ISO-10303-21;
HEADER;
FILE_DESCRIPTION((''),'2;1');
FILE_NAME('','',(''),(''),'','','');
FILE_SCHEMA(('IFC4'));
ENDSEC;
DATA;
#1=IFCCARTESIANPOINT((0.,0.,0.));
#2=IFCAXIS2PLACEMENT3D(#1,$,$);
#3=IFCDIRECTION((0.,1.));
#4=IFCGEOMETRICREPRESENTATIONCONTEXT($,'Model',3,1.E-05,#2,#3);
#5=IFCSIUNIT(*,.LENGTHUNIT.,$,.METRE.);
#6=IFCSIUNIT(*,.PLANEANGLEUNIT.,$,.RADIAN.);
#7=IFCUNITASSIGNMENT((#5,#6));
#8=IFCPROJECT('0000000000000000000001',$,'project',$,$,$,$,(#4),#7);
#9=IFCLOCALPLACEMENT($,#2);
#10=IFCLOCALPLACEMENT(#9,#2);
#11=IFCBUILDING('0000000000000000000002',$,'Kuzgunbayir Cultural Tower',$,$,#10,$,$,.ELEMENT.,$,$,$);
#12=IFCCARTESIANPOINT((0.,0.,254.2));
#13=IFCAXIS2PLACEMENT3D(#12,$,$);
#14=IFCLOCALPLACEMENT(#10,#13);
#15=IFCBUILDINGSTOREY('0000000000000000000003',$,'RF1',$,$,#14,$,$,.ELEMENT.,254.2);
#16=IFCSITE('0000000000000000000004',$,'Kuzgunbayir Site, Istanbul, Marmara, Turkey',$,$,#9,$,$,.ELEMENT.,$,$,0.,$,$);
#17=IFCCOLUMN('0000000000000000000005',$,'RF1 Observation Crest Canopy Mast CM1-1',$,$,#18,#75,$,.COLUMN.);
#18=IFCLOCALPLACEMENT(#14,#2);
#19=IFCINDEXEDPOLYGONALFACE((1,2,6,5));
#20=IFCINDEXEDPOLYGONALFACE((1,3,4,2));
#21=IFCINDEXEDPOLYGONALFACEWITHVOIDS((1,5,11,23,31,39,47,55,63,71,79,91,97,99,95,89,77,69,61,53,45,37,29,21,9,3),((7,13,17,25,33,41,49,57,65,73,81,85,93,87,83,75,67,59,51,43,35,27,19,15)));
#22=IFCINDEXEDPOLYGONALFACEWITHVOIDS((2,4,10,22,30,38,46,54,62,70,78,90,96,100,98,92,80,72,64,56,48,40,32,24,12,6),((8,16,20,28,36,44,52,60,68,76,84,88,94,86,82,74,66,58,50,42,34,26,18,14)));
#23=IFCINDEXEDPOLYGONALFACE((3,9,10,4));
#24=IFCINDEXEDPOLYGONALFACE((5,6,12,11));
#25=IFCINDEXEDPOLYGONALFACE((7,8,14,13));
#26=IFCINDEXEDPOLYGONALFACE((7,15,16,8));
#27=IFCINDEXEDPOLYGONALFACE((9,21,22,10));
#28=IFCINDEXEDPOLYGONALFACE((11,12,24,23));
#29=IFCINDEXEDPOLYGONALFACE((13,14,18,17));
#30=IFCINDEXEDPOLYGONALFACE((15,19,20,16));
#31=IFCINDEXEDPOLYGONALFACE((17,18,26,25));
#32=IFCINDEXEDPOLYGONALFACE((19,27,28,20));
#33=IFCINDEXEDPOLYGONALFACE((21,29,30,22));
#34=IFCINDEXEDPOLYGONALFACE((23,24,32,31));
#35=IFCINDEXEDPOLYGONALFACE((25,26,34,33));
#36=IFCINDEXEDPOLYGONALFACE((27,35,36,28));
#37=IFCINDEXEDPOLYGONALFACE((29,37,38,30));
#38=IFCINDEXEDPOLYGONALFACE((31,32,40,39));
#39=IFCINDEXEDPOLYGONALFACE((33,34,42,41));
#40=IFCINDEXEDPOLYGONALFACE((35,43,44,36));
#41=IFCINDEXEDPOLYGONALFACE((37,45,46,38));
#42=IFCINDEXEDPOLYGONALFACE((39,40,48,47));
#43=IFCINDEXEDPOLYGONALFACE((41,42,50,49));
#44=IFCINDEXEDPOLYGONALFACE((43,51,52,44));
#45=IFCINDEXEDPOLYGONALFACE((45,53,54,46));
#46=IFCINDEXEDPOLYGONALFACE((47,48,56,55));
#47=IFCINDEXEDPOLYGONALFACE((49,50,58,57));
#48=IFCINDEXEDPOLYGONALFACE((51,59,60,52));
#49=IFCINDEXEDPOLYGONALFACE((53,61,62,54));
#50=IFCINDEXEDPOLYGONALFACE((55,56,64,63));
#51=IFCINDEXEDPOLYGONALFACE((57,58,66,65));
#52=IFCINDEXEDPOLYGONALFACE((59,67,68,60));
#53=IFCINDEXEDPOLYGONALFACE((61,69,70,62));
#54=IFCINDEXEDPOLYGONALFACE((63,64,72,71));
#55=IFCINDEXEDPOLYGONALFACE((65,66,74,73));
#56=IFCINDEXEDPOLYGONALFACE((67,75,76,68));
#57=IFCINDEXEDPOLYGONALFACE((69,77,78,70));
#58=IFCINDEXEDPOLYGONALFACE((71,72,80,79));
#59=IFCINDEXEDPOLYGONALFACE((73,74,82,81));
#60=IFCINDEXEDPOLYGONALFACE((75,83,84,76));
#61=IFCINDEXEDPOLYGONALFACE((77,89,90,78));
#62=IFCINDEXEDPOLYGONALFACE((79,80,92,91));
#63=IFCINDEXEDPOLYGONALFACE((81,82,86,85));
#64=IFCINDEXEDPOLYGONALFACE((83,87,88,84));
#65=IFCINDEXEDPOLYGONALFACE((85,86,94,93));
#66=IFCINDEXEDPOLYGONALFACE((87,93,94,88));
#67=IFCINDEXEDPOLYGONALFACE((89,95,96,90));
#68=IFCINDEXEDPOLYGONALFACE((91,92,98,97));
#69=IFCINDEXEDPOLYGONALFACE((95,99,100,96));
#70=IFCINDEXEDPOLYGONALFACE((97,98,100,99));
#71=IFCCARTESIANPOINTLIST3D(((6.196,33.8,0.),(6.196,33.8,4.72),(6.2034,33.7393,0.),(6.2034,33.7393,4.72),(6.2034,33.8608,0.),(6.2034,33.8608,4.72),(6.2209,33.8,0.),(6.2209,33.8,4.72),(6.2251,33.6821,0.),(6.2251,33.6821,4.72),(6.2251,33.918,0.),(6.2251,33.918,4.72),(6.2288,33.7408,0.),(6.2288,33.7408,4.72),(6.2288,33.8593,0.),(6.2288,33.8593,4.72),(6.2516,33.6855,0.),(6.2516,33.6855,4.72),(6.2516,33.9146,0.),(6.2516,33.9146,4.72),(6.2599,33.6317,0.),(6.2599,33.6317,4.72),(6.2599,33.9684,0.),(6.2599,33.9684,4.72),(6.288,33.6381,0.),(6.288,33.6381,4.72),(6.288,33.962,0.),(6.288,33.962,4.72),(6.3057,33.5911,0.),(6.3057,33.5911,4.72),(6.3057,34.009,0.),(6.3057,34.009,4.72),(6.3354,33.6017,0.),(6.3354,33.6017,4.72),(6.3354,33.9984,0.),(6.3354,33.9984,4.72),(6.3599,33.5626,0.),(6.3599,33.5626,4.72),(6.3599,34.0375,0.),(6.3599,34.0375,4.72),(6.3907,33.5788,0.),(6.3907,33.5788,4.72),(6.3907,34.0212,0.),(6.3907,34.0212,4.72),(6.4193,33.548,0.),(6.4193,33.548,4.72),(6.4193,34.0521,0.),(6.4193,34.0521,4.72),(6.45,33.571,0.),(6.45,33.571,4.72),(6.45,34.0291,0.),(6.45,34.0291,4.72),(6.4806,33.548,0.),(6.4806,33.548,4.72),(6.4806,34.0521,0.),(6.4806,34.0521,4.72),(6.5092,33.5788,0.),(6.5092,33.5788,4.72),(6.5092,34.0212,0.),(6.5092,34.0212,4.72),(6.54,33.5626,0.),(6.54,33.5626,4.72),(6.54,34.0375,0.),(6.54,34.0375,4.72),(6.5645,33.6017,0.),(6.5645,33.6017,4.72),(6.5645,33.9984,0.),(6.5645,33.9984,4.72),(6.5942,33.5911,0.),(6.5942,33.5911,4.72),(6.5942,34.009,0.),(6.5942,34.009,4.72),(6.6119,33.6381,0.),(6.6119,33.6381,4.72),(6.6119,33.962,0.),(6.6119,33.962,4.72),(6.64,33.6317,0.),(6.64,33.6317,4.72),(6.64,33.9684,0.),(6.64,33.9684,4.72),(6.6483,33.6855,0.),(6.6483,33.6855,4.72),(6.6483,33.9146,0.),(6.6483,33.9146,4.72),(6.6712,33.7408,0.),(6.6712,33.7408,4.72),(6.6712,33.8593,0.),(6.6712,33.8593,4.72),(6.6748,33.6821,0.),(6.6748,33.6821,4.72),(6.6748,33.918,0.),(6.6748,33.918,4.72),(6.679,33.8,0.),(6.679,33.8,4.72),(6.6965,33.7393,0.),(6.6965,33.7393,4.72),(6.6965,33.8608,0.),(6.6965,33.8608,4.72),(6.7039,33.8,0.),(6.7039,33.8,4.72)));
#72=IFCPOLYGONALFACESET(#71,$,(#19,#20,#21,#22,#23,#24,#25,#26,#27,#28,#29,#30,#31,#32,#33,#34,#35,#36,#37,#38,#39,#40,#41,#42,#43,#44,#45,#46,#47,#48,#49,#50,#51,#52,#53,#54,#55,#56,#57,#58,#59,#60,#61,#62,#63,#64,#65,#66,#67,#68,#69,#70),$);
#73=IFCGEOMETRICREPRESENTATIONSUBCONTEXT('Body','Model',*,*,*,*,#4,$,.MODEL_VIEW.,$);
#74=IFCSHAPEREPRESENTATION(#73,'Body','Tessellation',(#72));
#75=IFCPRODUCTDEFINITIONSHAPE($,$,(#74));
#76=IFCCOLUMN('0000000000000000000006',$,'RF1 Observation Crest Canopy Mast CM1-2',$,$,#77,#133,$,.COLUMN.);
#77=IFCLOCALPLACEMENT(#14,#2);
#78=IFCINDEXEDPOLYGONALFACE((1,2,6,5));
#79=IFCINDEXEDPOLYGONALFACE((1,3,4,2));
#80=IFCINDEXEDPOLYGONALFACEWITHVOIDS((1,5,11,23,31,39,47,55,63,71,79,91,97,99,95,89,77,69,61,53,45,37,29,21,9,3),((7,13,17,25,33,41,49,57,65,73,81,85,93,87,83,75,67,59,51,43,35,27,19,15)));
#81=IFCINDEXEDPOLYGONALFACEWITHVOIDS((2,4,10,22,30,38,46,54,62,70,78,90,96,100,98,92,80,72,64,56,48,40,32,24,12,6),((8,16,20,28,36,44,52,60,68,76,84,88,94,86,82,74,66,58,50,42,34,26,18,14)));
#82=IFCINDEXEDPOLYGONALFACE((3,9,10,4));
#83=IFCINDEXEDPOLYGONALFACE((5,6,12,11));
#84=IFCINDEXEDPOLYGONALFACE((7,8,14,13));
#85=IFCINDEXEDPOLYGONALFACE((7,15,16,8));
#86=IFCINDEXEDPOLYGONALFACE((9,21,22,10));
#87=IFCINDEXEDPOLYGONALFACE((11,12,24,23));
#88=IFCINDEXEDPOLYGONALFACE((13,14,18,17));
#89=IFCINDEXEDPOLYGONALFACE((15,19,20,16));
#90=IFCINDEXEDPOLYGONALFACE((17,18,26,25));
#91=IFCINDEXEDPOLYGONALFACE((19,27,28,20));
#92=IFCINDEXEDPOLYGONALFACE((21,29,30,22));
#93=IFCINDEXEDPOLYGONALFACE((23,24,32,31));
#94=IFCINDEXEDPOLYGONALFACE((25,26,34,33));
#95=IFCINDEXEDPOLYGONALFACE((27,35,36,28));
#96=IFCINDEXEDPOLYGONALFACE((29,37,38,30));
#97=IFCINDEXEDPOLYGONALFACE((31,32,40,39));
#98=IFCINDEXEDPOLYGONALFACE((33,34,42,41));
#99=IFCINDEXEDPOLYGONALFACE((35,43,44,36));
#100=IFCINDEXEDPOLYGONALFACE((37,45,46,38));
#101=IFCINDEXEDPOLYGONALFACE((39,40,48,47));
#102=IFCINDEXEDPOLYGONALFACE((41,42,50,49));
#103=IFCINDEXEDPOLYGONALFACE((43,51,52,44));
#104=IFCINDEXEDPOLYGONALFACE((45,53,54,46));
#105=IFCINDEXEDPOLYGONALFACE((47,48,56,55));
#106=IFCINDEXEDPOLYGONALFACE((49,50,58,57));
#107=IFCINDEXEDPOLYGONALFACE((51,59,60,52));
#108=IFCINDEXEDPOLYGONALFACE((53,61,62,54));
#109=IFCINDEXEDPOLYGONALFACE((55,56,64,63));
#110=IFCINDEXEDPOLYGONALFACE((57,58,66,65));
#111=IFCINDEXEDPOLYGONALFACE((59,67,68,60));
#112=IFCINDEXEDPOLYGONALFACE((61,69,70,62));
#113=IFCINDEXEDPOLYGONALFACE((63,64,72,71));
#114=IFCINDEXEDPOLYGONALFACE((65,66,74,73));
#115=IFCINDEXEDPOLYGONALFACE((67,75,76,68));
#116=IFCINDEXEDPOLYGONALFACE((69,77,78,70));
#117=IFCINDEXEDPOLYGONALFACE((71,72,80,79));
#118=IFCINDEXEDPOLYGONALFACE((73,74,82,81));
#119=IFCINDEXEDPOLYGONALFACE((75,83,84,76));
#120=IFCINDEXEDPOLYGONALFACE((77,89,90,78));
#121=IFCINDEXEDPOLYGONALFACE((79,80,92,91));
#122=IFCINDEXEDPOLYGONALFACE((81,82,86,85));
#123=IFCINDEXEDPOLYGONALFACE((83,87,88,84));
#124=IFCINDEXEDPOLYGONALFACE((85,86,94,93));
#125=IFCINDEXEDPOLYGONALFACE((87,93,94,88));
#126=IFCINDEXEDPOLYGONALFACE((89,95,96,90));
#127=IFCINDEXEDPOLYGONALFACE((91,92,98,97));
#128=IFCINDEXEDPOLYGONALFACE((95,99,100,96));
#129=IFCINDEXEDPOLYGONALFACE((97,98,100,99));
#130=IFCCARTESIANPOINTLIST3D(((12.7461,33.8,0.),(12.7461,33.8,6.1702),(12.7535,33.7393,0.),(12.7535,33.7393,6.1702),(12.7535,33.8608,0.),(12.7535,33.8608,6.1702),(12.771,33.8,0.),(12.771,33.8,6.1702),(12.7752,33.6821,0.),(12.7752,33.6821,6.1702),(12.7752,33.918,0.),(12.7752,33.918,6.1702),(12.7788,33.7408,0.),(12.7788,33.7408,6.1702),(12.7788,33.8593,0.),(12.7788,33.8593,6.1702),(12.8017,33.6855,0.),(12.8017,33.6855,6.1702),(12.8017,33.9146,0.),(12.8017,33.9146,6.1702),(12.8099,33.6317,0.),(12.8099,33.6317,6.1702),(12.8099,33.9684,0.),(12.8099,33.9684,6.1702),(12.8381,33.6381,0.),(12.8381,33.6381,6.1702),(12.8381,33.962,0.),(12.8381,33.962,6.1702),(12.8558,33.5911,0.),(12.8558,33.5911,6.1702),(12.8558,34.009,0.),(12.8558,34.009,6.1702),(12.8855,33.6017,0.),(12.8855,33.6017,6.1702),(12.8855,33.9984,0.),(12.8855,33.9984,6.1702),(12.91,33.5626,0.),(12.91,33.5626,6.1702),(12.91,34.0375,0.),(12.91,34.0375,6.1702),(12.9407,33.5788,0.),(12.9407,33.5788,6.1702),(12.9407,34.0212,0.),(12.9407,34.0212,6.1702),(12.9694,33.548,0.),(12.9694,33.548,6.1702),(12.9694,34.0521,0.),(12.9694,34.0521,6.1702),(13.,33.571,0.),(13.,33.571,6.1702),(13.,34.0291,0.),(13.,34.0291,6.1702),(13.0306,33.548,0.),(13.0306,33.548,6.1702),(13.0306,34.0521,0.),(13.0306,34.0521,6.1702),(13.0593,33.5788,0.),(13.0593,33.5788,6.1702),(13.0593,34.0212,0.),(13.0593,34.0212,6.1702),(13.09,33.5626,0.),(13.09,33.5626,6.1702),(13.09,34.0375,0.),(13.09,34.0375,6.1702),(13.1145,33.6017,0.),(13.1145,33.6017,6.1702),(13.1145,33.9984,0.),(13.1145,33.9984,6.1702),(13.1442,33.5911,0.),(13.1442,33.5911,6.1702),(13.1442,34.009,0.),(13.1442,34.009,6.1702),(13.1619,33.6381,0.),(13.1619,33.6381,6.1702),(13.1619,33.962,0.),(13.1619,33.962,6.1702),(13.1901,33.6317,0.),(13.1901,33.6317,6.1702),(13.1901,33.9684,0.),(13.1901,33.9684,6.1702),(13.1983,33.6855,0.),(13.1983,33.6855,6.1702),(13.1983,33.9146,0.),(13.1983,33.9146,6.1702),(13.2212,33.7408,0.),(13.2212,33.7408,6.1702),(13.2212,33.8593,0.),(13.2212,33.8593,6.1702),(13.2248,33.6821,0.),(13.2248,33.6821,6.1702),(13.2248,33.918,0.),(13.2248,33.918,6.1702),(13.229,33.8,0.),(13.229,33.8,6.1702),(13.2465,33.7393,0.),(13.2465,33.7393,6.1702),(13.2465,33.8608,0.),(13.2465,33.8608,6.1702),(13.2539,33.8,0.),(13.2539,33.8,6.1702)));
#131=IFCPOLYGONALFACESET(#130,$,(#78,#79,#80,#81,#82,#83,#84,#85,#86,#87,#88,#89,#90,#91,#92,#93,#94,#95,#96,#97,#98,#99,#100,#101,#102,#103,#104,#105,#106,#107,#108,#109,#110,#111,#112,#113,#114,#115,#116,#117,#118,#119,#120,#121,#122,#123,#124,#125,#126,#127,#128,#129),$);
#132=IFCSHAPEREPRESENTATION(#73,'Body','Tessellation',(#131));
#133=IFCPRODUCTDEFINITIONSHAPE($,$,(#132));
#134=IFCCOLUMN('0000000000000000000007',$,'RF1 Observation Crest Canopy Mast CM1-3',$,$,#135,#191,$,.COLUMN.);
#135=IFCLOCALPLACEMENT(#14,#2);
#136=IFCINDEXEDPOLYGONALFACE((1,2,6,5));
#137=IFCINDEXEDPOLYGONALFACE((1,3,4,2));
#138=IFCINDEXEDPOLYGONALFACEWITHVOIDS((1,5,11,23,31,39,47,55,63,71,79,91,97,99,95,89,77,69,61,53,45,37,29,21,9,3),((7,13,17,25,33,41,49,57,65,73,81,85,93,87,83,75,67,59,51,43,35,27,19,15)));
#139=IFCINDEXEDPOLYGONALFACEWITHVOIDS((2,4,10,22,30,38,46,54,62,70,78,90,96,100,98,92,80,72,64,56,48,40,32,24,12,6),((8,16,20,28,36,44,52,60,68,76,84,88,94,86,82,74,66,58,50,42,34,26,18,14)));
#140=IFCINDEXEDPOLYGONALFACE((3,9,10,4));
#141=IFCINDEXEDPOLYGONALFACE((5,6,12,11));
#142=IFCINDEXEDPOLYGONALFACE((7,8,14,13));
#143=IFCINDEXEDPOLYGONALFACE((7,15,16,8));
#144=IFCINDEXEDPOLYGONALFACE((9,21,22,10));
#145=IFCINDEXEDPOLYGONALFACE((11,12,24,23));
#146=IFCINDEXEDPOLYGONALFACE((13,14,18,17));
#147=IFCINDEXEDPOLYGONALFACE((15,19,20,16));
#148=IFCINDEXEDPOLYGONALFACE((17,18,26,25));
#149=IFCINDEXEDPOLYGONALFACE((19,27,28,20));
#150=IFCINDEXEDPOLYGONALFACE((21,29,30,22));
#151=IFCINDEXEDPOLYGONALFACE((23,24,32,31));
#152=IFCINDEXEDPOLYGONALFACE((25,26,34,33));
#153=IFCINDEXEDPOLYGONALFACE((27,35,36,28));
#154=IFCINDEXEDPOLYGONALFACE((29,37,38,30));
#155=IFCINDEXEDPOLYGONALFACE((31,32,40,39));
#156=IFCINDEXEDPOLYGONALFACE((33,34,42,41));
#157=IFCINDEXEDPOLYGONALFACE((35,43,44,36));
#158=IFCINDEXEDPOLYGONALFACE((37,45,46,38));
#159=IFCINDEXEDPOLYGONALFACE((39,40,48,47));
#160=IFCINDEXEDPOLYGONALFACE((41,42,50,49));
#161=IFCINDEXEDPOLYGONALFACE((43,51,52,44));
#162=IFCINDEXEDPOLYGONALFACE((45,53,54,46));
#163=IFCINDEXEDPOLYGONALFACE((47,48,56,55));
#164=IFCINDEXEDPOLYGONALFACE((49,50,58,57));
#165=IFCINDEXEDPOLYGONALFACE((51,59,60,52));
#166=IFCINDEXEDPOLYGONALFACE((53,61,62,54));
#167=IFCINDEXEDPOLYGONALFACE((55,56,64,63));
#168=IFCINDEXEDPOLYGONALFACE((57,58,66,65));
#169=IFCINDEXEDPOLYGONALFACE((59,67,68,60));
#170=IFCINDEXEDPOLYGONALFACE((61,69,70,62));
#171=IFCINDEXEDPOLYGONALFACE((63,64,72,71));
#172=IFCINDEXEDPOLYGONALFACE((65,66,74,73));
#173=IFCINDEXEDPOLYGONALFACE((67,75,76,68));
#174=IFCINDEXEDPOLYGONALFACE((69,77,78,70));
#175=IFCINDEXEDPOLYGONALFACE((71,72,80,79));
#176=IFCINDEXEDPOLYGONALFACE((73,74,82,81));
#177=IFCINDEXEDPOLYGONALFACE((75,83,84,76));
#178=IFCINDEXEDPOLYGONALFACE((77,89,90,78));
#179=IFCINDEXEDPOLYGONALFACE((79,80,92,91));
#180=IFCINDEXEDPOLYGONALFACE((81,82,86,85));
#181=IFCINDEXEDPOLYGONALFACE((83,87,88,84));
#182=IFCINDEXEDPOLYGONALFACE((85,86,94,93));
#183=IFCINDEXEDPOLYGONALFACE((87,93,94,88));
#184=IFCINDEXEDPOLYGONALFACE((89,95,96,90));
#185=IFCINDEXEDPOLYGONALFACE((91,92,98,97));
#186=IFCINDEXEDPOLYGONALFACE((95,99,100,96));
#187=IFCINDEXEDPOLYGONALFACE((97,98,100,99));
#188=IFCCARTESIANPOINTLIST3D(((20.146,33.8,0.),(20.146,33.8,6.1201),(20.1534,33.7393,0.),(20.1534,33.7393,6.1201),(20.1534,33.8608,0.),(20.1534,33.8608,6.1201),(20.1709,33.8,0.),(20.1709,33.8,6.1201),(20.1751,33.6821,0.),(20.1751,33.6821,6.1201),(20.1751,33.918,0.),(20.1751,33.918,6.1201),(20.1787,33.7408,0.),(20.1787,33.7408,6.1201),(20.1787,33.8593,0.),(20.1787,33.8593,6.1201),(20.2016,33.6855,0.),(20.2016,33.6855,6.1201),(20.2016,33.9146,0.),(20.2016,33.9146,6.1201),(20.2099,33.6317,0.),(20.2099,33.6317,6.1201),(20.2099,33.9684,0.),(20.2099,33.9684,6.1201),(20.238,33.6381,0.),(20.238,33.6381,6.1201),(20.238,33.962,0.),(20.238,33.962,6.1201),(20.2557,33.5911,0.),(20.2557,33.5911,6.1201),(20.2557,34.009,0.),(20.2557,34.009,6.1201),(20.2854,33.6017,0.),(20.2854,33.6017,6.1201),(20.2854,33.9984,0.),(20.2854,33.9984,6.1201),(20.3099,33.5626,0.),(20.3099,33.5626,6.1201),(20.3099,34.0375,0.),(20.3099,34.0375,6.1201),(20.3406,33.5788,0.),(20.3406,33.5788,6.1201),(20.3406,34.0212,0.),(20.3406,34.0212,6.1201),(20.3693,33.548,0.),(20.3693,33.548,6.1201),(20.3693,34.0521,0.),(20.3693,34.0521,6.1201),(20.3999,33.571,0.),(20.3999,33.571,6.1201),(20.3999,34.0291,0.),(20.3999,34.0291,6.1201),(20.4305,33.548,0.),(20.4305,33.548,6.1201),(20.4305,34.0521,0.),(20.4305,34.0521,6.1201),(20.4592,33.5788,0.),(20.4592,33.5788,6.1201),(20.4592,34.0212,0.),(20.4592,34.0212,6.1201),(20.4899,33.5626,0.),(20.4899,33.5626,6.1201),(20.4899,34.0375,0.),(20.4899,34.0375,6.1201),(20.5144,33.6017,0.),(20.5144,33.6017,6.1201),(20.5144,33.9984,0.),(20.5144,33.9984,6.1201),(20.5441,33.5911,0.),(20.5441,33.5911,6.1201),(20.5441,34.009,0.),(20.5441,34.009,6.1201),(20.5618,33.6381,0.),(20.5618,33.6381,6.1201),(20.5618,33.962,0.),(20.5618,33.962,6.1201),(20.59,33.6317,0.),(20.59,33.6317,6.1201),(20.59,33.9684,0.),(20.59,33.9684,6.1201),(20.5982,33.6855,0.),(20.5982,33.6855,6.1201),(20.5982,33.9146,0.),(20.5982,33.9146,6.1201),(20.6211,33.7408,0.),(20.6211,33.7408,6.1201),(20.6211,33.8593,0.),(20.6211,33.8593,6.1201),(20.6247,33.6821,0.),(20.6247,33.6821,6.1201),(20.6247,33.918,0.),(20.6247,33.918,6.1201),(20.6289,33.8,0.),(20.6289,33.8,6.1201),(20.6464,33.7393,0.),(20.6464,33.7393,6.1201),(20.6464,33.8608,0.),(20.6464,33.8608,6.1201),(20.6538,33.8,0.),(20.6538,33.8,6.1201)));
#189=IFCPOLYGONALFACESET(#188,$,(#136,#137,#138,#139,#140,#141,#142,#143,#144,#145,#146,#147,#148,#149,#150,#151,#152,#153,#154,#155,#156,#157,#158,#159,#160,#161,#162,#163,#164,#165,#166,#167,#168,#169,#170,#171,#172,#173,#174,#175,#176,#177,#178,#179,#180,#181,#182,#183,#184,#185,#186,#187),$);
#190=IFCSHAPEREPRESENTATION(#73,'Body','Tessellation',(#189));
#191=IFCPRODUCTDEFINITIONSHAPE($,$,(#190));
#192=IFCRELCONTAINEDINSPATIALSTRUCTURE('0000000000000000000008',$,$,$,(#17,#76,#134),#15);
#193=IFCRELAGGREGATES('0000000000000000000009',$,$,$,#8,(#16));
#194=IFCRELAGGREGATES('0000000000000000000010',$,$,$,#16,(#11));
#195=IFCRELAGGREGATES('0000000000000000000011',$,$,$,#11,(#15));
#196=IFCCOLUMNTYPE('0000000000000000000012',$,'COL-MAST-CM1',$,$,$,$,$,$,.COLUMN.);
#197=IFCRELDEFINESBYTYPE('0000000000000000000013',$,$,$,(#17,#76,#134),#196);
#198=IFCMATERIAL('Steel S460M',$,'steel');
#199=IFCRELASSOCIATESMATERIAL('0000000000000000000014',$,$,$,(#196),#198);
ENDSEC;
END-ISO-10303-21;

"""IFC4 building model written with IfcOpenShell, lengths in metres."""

from ifc_helpers import new_model, si_unit, direction, frame, origin, origin_2d, place, context, subcontext, project, spatial, hollow_circle, extrude, material, material_profile, profile_set, type_object, element, save


model = new_model("IFC4")

# Units and contexts
model_context = context("Model", 3, precision=1e-05, world=origin(), true_north=direction((0.0, 1.0)))
body_context = subcontext(model_context, "Body", "Model", "MODEL_VIEW")
ifc_project = project(units=[si_unit("LENGTHUNIT", "METRE"), si_unit("PLANEANGLEUNIT", "RADIAN")], contexts=[model_context])

# Site, building, storey
site_placement = place(None, origin())
site = spatial("IfcSite", under=ifc_project, at=site_placement, Name="Kuzgunbayir Site, Istanbul, Marmara, Turkey", CompositionType="ELEMENT", RefElevation=0.0)
building_placement = place(site_placement, origin())
building = spatial("IfcBuilding", under=site, at=building_placement, Name="Kuzgunbayir Cultural Tower", CompositionType="ELEMENT")
storey_placement = place(building_placement, frame((0.0, 0.0, 254.2)))
storey = spatial("IfcBuildingStorey", under=building, at=storey_placement, Name="RF1", CompositionType="ELEMENT", Elevation=254.2)

# Columns
ifc_material_1 = material(Name="Steel S460M", Category="steel")
ifc_material_profile_1 = material_profile(ifc_material_1, hollow_circle(Radius=0.2539, WallThickness=0.0249, at=origin_2d()), Name="CHS 508x25")
ifc_profile_set_1 = profile_set([ifc_material_profile_1], Name="Steel S460M")
column_type_1 = type_object("IfcColumnType", Name="COL-MAST-CM1", PredefinedType="COLUMN", material=ifc_profile_set_1)
column_1_placement = place(storey_placement, frame((6.45, 33.8, 0.0), z_axis=(0.0, 0.0, 1.0), x_axis=(1.0, 0.0, 0.0)))
element("IfcColumn", 1, at=column_1_placement, inside=storey, type_object=column_type_1, Name="RF1 Observation Crest Canopy Mast CM1-1", PredefinedType="COLUMN", context=body_context, shape_type="SweptSolid", body=[
    extrude(hollow_circle(Radius=0.2539, WallThickness=0.0249, at=origin_2d()), origin(), (0.0, 0.0, 1.0), 4.72),
])
column_2_placement = place(storey_placement, frame((13.0, 33.8, 0.0), z_axis=(0.0, 0.0, 1.0), x_axis=(1.0, 0.0, 0.0)))
element("IfcColumn", 2, at=column_2_placement, inside=storey, type_object=column_type_1, Name="RF1 Observation Crest Canopy Mast CM1-2", PredefinedType="COLUMN", context=body_context, shape_type="SweptSolid", body=[
    extrude(hollow_circle(Radius=0.2539, WallThickness=0.0249, at=origin_2d()), origin(), (0.0, 0.0, 1.0), 6.1702),
])
column_3_placement = place(storey_placement, frame((20.3999, 33.8, 0.0), z_axis=(0.0, 0.0, 1.0), x_axis=(1.0, 0.0, 0.0)))
element("IfcColumn", 3, at=column_3_placement, inside=storey, type_object=column_type_1, Name="RF1 Observation Crest Canopy Mast CM1-3", PredefinedType="COLUMN", context=body_context, shape_type="SweptSolid", body=[
    extrude(hollow_circle(Radius=0.2539, WallThickness=0.0249, at=origin_2d()), origin(), (0.0, 0.0, 1.0), 6.1201),
])

save(model, "model.ifc")
